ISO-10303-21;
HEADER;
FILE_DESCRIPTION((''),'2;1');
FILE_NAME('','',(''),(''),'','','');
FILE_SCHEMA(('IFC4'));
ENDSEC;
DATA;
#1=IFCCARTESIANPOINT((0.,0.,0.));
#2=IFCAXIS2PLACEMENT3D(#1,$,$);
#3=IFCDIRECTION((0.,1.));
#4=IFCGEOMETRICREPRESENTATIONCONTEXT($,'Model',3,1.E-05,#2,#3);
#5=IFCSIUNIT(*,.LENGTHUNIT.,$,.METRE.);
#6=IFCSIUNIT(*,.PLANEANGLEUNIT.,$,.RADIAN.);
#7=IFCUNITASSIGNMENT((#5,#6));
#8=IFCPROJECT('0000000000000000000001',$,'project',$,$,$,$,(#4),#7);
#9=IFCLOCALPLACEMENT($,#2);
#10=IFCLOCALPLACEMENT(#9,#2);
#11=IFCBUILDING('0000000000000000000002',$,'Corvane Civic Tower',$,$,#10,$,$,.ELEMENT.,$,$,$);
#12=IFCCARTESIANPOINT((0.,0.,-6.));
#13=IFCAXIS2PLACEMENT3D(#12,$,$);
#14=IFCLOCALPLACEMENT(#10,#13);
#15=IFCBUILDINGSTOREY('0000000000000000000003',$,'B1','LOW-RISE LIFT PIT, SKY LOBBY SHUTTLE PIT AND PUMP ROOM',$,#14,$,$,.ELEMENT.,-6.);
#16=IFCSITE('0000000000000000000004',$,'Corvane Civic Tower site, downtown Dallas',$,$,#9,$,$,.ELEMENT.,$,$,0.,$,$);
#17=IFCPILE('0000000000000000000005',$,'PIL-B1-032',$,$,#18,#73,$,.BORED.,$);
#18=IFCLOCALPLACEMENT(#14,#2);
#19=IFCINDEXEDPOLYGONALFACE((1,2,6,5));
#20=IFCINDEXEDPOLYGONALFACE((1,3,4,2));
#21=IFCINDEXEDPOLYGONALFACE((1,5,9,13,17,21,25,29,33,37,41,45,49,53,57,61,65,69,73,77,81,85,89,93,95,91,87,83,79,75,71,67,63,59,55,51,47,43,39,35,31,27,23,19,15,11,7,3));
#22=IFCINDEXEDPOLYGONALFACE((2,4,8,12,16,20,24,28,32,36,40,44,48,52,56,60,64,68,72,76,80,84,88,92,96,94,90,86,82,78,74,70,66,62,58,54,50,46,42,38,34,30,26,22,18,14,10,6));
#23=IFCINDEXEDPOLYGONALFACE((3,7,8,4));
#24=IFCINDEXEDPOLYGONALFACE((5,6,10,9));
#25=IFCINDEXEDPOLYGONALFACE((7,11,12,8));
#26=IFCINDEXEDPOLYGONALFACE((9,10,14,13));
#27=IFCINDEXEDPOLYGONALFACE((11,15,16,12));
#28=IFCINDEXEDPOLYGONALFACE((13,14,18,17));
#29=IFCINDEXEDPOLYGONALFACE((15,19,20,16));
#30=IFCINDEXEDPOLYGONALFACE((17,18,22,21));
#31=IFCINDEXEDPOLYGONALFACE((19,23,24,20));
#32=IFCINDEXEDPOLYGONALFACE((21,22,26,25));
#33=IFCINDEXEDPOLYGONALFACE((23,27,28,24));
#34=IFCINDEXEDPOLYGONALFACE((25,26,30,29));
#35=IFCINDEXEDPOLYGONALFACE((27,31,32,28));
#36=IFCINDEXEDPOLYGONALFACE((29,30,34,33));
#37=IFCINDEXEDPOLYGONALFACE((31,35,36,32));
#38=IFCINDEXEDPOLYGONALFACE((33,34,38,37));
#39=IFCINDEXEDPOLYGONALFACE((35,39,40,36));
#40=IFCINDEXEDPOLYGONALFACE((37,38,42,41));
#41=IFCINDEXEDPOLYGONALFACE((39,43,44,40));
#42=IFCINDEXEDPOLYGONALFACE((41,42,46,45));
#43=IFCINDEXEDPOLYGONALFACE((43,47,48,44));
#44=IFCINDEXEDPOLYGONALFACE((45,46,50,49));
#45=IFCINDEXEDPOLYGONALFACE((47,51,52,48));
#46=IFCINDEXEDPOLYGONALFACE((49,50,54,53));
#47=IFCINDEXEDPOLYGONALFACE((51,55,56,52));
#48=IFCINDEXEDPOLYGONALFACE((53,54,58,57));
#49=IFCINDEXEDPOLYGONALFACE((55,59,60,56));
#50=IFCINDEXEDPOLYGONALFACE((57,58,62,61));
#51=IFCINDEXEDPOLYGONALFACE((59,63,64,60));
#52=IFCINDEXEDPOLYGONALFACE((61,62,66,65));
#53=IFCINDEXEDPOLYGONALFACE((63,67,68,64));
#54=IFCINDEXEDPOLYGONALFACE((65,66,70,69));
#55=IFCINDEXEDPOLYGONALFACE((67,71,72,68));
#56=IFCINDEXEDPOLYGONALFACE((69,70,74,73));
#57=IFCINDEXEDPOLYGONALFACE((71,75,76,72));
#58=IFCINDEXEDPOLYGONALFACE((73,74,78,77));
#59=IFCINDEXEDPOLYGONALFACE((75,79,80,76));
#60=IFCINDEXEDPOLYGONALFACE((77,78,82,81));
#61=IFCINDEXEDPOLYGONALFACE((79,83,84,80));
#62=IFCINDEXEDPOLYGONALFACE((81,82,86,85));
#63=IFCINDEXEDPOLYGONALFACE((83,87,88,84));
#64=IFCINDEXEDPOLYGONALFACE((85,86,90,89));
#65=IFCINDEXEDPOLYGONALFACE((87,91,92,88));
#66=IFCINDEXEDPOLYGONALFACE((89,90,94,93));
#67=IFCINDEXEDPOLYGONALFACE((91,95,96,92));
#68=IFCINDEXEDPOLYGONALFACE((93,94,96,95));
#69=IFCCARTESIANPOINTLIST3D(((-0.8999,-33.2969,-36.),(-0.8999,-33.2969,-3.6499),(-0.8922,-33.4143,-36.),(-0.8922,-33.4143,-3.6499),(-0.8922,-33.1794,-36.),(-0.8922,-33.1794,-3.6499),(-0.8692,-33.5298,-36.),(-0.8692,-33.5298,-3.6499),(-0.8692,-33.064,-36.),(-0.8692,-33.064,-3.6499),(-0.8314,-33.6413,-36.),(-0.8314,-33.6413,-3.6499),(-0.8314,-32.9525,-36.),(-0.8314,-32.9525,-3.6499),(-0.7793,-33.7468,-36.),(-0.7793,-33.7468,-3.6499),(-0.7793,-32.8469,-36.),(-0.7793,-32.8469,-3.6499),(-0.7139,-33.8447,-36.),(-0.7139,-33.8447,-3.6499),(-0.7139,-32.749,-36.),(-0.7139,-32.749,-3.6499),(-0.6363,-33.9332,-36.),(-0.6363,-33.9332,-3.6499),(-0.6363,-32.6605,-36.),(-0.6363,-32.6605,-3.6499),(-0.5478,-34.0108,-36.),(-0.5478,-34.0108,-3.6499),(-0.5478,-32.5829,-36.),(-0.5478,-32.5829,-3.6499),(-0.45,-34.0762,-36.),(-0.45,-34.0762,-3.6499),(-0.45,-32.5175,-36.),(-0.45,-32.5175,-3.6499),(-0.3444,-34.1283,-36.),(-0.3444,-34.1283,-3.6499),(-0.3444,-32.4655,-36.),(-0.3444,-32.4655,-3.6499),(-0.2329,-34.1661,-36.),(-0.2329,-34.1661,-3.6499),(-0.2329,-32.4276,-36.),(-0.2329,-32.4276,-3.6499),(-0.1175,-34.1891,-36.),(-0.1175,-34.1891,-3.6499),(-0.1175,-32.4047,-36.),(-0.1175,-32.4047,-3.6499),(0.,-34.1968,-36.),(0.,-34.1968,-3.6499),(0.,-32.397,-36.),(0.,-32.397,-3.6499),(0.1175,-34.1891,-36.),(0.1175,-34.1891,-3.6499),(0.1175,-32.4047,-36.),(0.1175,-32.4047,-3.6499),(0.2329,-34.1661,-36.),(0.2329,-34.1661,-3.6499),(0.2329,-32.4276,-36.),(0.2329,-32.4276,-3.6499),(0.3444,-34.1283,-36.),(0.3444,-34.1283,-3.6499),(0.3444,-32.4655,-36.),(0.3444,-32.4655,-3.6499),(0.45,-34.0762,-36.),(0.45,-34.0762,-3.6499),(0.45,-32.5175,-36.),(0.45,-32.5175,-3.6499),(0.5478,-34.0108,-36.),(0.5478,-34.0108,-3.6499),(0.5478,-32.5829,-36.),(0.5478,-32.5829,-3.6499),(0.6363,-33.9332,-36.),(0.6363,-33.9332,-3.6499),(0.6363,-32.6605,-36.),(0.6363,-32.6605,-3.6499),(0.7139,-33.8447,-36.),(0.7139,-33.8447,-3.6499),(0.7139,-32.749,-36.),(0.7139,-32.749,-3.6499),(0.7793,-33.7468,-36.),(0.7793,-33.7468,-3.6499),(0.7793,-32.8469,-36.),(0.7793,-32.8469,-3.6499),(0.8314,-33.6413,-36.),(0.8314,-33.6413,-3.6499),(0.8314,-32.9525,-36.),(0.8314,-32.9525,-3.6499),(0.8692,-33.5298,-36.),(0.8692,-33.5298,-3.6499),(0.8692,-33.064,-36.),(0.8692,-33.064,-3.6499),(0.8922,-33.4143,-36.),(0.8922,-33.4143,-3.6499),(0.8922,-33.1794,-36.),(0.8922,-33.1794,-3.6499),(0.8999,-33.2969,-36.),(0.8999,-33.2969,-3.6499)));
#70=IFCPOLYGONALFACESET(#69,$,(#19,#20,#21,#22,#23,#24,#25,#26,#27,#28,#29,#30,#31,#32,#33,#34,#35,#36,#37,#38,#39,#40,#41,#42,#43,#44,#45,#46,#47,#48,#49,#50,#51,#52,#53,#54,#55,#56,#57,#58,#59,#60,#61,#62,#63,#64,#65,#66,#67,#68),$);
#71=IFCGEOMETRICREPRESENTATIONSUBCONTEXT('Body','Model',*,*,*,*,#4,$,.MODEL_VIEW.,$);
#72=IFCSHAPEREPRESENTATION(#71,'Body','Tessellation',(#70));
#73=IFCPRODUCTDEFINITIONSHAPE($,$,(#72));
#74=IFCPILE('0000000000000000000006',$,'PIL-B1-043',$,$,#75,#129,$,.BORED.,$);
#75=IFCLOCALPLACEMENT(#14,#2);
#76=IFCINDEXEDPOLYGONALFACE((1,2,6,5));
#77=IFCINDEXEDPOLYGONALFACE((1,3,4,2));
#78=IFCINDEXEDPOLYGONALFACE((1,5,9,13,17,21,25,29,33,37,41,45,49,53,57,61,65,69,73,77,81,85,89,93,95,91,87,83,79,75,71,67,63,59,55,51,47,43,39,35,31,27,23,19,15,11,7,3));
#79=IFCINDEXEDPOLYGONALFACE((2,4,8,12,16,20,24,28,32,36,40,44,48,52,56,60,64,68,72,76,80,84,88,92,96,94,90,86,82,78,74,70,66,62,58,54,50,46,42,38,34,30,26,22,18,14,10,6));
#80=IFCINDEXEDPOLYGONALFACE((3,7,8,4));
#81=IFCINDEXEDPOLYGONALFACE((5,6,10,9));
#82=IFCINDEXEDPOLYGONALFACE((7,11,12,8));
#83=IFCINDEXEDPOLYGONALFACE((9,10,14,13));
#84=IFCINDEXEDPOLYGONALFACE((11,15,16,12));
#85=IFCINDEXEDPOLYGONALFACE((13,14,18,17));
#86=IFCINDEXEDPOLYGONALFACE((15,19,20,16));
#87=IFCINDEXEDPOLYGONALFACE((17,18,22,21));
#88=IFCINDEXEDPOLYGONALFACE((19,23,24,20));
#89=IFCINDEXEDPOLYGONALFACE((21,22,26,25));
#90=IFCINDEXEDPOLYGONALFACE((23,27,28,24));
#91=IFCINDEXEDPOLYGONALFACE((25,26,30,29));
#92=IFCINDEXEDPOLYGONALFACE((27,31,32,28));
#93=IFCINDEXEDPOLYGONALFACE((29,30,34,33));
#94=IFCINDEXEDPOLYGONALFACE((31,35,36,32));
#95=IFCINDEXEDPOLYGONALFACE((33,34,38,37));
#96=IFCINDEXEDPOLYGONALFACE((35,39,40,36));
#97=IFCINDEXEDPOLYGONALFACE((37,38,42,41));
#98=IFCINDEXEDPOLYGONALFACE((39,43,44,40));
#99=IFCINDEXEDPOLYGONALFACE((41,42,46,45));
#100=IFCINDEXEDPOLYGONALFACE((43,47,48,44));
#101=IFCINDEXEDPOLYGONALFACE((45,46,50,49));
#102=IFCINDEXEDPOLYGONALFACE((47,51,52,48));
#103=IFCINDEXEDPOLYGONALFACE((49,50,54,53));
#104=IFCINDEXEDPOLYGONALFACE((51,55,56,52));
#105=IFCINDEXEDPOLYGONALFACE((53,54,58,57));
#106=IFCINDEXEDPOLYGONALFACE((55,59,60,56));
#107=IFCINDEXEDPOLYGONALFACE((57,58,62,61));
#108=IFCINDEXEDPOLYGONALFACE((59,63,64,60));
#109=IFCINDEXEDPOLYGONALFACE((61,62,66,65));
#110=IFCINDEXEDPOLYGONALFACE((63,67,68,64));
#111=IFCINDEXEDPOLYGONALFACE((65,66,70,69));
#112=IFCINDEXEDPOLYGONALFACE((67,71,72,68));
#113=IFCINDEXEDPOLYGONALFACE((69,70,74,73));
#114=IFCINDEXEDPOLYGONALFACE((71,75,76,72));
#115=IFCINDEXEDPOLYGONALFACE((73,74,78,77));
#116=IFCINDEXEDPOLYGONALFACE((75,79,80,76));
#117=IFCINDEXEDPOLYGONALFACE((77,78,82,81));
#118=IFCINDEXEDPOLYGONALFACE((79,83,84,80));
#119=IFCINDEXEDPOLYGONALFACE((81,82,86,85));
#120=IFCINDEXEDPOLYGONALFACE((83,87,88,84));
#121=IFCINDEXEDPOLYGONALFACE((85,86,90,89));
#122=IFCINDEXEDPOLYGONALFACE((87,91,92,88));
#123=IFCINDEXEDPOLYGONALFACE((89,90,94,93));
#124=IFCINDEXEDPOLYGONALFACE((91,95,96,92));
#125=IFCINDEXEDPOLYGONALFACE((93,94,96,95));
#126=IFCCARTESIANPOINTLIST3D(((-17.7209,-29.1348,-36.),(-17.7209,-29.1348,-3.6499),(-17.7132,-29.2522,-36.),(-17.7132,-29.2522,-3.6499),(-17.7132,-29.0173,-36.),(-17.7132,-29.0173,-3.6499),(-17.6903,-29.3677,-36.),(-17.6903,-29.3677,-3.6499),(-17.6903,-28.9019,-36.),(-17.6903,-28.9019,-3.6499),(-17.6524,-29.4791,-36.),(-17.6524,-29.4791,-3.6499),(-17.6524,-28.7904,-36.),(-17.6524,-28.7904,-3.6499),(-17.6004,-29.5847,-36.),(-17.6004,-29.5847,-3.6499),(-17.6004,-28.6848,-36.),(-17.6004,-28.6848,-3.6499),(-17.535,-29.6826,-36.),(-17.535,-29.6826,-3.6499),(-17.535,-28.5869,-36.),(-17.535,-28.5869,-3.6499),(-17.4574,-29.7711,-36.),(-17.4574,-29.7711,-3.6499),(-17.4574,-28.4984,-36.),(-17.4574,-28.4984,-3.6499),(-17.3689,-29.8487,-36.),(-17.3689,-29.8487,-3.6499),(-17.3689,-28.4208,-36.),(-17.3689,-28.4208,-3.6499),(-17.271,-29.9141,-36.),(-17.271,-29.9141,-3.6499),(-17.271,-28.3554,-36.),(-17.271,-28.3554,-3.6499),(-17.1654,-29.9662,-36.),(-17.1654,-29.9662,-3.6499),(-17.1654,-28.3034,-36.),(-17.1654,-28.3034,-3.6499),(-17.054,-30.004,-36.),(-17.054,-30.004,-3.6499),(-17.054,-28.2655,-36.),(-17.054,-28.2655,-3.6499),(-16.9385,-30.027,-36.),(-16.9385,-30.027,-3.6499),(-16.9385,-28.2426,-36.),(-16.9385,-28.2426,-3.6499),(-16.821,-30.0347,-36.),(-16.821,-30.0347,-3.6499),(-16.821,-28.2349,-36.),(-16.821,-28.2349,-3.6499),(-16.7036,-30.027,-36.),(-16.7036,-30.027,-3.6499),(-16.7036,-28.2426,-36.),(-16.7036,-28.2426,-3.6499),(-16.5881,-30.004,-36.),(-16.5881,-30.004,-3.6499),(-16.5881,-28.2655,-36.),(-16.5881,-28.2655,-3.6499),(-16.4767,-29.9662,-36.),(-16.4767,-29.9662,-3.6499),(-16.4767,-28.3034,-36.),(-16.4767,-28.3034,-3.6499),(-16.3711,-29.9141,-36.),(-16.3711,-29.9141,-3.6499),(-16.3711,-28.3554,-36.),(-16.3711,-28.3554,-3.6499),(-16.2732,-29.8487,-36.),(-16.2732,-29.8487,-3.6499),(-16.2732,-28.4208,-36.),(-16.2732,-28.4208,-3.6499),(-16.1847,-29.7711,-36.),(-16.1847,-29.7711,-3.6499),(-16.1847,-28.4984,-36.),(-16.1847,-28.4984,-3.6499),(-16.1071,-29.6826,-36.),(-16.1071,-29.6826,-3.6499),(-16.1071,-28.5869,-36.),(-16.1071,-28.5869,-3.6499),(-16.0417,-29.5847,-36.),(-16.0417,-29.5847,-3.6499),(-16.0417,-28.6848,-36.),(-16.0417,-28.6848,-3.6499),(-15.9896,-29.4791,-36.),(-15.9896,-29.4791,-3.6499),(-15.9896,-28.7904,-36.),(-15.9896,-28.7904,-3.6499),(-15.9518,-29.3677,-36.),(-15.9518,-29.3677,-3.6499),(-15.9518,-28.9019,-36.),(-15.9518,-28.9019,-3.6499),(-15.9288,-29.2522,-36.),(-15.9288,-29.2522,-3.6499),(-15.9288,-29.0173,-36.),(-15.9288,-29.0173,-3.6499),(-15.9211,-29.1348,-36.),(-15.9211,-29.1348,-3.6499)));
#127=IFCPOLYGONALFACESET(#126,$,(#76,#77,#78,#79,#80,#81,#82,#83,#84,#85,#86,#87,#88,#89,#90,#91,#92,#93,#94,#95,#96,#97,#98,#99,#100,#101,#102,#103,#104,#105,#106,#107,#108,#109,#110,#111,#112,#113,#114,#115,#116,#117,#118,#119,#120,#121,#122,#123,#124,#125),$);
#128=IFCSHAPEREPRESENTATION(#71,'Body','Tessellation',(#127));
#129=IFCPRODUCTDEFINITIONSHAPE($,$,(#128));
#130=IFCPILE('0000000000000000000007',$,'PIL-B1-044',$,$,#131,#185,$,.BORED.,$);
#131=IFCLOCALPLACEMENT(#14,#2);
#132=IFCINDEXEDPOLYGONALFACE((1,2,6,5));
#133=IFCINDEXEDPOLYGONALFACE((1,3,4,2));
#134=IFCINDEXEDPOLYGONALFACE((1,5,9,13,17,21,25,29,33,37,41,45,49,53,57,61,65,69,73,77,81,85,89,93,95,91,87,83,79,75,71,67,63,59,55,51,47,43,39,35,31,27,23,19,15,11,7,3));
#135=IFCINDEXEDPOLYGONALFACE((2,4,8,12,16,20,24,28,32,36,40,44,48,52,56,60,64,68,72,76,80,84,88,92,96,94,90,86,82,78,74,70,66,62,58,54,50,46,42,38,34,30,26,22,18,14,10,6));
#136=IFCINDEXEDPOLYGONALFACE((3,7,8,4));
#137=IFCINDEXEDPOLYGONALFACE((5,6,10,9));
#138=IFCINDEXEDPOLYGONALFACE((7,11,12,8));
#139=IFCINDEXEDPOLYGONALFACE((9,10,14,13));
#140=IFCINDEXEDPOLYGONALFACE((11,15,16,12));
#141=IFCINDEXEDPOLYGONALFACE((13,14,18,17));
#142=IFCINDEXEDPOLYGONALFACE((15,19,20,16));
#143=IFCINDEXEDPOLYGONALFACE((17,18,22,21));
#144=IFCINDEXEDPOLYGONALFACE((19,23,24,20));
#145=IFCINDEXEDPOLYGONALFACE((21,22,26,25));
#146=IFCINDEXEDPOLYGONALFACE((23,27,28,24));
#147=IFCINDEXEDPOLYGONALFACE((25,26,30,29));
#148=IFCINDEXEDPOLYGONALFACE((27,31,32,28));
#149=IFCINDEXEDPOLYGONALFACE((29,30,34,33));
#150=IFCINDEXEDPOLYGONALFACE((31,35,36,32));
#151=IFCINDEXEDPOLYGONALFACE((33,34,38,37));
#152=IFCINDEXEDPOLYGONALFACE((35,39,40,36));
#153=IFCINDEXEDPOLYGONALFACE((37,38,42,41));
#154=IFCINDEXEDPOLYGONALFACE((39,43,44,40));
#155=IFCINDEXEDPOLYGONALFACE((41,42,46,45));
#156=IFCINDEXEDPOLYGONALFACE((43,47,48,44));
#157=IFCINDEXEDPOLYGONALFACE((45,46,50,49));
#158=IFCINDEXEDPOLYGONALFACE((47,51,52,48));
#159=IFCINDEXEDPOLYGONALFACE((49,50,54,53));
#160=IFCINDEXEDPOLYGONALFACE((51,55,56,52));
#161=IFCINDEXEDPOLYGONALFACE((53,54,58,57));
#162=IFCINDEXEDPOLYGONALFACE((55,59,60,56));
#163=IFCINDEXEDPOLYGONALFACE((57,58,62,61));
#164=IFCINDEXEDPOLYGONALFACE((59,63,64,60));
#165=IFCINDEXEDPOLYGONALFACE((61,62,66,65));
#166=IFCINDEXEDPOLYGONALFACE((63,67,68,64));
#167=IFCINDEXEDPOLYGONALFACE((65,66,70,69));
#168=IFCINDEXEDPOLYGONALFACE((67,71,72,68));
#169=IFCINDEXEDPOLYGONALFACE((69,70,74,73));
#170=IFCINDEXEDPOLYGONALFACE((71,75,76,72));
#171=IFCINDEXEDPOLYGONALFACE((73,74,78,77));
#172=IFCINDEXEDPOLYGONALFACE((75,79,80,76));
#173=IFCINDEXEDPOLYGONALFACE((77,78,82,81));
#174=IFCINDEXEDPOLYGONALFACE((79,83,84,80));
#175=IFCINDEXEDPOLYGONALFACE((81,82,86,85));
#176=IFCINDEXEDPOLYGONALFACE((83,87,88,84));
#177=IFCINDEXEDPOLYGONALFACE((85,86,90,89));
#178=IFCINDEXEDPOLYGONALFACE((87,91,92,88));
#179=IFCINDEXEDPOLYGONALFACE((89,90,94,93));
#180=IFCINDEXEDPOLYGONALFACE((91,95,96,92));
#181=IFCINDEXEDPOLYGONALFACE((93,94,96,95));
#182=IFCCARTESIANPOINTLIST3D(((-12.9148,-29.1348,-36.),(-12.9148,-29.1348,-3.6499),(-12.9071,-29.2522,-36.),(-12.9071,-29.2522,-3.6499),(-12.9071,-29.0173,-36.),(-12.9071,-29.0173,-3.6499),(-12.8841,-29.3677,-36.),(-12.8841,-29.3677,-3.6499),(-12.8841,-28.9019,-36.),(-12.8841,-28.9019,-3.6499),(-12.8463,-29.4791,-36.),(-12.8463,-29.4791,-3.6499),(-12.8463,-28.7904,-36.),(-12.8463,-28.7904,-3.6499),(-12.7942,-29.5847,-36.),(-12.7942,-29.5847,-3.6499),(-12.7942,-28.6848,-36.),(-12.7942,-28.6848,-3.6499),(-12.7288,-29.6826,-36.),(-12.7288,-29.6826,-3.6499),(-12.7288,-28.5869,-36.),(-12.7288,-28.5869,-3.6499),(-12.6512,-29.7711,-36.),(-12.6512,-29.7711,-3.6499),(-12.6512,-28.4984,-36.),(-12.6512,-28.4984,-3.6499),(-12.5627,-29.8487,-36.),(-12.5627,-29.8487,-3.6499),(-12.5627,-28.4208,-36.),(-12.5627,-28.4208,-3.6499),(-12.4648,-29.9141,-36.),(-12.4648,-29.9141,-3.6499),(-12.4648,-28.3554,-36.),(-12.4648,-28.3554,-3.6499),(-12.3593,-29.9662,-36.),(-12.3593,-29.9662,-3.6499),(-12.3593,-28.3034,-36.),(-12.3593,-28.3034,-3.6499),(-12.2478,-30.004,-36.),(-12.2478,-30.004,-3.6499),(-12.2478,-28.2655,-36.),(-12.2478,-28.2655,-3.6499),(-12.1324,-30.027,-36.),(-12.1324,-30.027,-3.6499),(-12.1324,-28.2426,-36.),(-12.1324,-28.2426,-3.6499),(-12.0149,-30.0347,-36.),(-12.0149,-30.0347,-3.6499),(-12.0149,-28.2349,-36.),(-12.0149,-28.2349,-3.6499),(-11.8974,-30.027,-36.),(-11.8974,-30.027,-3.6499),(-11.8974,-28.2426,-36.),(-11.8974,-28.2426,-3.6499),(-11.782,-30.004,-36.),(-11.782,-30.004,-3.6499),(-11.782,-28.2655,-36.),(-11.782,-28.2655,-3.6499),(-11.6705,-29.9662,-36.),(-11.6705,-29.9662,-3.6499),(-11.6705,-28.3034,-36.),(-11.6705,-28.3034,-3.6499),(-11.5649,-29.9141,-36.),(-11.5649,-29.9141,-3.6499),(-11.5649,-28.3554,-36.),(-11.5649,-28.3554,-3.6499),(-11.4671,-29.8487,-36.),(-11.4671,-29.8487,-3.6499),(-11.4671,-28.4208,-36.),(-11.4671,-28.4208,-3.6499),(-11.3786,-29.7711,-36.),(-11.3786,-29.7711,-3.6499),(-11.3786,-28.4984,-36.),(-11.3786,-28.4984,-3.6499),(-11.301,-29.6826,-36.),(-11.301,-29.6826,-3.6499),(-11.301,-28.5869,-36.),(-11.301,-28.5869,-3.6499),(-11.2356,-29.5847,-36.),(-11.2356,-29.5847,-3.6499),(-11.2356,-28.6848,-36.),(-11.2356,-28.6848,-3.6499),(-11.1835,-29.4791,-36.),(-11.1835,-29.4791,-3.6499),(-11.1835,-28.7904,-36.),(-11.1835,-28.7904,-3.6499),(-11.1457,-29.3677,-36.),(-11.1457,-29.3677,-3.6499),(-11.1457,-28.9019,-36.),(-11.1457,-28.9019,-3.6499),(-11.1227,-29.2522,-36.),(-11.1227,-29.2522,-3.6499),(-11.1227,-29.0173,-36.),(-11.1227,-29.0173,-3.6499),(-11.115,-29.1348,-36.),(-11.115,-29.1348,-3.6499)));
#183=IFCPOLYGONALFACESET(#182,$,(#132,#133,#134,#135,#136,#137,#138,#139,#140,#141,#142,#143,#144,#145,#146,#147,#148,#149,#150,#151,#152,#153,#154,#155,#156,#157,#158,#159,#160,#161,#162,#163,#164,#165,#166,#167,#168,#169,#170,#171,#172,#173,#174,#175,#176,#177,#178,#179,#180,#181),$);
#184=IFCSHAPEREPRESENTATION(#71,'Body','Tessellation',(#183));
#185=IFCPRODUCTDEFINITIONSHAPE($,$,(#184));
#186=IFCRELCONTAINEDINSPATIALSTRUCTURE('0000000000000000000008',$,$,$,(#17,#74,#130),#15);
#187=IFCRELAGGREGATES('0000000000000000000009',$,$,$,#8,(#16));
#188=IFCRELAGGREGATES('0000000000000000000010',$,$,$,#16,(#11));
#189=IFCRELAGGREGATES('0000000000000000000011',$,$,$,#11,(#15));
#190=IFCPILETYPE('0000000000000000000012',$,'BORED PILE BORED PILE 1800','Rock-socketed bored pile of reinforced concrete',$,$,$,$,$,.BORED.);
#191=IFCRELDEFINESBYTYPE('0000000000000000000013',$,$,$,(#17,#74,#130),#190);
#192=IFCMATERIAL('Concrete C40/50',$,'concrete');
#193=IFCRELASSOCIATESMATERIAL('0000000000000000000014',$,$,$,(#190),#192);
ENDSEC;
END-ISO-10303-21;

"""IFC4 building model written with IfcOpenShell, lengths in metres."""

from ifc_helpers import new_model, si_unit, direction, frame, origin, origin_2d, place, context, subcontext, project, spatial, circle, extrude, material, material_profile, profile_set, type_object, element, save


model = new_model("IFC4")

# Units and contexts
model_context = context("Model", 3, precision=1e-05, world=origin(), true_north=direction((0.0, 1.0)))
body_context = subcontext(model_context, "Body", "Model", "MODEL_VIEW")
ifc_project = project(units=[si_unit("LENGTHUNIT", "METRE"), si_unit("PLANEANGLEUNIT", "RADIAN")], contexts=[model_context])

# Site, building, storey
site_placement = place(None, origin())
site = spatial("IfcSite", under=ifc_project, at=site_placement, Name="Corvane Civic Tower site, downtown Dallas", CompositionType="ELEMENT", RefElevation=0.0)
building_placement = place(site_placement, origin())
building = spatial("IfcBuilding", under=site, at=building_placement, Name="Corvane Civic Tower", CompositionType="ELEMENT")
storey_placement = place(building_placement, frame((0.0, 0.0, -6.0)))
storey = spatial("IfcBuildingStorey", under=building, at=storey_placement, Name="B1", Description="LOW-RISE LIFT PIT, SKY LOBBY SHUTTLE PIT AND PUMP ROOM", CompositionType="ELEMENT", Elevation=-6.0)

# Piles
ifc_material_1 = material(Name="Concrete C40/50", Category="concrete")
ifc_material_profile_1 = material_profile(ifc_material_1, circle(Radius=0.8999, at=origin_2d()), Name="BORED PILE 1800")
ifc_profile_set_1 = profile_set([ifc_material_profile_1], Name="Concrete C40/50")
pile_type = type_object("IfcPileType", Name="BORED PILE BORED PILE 1800", Description="Rock-socketed bored pile of reinforced concrete", PredefinedType="BORED", material=ifc_profile_set_1)
for number, where, z_axis, x_axis, name in (
    (1, (0.0, -33.2969, -3.6499), (0.0, 0.0, -1.0), (1.0, 0.0, 0.0), "PIL-B1-032"),
    (2, (-16.821, -29.1348, -3.6499), (0.0, 0.0, -1.0), (1.0, 0.0, 0.0), "PIL-B1-043"),
    (3, (-12.0149, -29.1348, -3.6499), (0.0, 0.0, -1.0), (1.0, 0.0, 0.0), "PIL-B1-044"),
):
    element("IfcPile", number, at=place(storey_placement, frame(where, z_axis=z_axis, x_axis=x_axis)), inside=storey, type_object=pile_type, Name=name, PredefinedType="BORED", context=body_context, shape_type="SweptSolid", body=[
        extrude(circle(Radius=0.8999, at=origin_2d()), origin(), (0.0, 0.0, 1.0), 32.3501),
    ])

save(model, "model.ifc")
